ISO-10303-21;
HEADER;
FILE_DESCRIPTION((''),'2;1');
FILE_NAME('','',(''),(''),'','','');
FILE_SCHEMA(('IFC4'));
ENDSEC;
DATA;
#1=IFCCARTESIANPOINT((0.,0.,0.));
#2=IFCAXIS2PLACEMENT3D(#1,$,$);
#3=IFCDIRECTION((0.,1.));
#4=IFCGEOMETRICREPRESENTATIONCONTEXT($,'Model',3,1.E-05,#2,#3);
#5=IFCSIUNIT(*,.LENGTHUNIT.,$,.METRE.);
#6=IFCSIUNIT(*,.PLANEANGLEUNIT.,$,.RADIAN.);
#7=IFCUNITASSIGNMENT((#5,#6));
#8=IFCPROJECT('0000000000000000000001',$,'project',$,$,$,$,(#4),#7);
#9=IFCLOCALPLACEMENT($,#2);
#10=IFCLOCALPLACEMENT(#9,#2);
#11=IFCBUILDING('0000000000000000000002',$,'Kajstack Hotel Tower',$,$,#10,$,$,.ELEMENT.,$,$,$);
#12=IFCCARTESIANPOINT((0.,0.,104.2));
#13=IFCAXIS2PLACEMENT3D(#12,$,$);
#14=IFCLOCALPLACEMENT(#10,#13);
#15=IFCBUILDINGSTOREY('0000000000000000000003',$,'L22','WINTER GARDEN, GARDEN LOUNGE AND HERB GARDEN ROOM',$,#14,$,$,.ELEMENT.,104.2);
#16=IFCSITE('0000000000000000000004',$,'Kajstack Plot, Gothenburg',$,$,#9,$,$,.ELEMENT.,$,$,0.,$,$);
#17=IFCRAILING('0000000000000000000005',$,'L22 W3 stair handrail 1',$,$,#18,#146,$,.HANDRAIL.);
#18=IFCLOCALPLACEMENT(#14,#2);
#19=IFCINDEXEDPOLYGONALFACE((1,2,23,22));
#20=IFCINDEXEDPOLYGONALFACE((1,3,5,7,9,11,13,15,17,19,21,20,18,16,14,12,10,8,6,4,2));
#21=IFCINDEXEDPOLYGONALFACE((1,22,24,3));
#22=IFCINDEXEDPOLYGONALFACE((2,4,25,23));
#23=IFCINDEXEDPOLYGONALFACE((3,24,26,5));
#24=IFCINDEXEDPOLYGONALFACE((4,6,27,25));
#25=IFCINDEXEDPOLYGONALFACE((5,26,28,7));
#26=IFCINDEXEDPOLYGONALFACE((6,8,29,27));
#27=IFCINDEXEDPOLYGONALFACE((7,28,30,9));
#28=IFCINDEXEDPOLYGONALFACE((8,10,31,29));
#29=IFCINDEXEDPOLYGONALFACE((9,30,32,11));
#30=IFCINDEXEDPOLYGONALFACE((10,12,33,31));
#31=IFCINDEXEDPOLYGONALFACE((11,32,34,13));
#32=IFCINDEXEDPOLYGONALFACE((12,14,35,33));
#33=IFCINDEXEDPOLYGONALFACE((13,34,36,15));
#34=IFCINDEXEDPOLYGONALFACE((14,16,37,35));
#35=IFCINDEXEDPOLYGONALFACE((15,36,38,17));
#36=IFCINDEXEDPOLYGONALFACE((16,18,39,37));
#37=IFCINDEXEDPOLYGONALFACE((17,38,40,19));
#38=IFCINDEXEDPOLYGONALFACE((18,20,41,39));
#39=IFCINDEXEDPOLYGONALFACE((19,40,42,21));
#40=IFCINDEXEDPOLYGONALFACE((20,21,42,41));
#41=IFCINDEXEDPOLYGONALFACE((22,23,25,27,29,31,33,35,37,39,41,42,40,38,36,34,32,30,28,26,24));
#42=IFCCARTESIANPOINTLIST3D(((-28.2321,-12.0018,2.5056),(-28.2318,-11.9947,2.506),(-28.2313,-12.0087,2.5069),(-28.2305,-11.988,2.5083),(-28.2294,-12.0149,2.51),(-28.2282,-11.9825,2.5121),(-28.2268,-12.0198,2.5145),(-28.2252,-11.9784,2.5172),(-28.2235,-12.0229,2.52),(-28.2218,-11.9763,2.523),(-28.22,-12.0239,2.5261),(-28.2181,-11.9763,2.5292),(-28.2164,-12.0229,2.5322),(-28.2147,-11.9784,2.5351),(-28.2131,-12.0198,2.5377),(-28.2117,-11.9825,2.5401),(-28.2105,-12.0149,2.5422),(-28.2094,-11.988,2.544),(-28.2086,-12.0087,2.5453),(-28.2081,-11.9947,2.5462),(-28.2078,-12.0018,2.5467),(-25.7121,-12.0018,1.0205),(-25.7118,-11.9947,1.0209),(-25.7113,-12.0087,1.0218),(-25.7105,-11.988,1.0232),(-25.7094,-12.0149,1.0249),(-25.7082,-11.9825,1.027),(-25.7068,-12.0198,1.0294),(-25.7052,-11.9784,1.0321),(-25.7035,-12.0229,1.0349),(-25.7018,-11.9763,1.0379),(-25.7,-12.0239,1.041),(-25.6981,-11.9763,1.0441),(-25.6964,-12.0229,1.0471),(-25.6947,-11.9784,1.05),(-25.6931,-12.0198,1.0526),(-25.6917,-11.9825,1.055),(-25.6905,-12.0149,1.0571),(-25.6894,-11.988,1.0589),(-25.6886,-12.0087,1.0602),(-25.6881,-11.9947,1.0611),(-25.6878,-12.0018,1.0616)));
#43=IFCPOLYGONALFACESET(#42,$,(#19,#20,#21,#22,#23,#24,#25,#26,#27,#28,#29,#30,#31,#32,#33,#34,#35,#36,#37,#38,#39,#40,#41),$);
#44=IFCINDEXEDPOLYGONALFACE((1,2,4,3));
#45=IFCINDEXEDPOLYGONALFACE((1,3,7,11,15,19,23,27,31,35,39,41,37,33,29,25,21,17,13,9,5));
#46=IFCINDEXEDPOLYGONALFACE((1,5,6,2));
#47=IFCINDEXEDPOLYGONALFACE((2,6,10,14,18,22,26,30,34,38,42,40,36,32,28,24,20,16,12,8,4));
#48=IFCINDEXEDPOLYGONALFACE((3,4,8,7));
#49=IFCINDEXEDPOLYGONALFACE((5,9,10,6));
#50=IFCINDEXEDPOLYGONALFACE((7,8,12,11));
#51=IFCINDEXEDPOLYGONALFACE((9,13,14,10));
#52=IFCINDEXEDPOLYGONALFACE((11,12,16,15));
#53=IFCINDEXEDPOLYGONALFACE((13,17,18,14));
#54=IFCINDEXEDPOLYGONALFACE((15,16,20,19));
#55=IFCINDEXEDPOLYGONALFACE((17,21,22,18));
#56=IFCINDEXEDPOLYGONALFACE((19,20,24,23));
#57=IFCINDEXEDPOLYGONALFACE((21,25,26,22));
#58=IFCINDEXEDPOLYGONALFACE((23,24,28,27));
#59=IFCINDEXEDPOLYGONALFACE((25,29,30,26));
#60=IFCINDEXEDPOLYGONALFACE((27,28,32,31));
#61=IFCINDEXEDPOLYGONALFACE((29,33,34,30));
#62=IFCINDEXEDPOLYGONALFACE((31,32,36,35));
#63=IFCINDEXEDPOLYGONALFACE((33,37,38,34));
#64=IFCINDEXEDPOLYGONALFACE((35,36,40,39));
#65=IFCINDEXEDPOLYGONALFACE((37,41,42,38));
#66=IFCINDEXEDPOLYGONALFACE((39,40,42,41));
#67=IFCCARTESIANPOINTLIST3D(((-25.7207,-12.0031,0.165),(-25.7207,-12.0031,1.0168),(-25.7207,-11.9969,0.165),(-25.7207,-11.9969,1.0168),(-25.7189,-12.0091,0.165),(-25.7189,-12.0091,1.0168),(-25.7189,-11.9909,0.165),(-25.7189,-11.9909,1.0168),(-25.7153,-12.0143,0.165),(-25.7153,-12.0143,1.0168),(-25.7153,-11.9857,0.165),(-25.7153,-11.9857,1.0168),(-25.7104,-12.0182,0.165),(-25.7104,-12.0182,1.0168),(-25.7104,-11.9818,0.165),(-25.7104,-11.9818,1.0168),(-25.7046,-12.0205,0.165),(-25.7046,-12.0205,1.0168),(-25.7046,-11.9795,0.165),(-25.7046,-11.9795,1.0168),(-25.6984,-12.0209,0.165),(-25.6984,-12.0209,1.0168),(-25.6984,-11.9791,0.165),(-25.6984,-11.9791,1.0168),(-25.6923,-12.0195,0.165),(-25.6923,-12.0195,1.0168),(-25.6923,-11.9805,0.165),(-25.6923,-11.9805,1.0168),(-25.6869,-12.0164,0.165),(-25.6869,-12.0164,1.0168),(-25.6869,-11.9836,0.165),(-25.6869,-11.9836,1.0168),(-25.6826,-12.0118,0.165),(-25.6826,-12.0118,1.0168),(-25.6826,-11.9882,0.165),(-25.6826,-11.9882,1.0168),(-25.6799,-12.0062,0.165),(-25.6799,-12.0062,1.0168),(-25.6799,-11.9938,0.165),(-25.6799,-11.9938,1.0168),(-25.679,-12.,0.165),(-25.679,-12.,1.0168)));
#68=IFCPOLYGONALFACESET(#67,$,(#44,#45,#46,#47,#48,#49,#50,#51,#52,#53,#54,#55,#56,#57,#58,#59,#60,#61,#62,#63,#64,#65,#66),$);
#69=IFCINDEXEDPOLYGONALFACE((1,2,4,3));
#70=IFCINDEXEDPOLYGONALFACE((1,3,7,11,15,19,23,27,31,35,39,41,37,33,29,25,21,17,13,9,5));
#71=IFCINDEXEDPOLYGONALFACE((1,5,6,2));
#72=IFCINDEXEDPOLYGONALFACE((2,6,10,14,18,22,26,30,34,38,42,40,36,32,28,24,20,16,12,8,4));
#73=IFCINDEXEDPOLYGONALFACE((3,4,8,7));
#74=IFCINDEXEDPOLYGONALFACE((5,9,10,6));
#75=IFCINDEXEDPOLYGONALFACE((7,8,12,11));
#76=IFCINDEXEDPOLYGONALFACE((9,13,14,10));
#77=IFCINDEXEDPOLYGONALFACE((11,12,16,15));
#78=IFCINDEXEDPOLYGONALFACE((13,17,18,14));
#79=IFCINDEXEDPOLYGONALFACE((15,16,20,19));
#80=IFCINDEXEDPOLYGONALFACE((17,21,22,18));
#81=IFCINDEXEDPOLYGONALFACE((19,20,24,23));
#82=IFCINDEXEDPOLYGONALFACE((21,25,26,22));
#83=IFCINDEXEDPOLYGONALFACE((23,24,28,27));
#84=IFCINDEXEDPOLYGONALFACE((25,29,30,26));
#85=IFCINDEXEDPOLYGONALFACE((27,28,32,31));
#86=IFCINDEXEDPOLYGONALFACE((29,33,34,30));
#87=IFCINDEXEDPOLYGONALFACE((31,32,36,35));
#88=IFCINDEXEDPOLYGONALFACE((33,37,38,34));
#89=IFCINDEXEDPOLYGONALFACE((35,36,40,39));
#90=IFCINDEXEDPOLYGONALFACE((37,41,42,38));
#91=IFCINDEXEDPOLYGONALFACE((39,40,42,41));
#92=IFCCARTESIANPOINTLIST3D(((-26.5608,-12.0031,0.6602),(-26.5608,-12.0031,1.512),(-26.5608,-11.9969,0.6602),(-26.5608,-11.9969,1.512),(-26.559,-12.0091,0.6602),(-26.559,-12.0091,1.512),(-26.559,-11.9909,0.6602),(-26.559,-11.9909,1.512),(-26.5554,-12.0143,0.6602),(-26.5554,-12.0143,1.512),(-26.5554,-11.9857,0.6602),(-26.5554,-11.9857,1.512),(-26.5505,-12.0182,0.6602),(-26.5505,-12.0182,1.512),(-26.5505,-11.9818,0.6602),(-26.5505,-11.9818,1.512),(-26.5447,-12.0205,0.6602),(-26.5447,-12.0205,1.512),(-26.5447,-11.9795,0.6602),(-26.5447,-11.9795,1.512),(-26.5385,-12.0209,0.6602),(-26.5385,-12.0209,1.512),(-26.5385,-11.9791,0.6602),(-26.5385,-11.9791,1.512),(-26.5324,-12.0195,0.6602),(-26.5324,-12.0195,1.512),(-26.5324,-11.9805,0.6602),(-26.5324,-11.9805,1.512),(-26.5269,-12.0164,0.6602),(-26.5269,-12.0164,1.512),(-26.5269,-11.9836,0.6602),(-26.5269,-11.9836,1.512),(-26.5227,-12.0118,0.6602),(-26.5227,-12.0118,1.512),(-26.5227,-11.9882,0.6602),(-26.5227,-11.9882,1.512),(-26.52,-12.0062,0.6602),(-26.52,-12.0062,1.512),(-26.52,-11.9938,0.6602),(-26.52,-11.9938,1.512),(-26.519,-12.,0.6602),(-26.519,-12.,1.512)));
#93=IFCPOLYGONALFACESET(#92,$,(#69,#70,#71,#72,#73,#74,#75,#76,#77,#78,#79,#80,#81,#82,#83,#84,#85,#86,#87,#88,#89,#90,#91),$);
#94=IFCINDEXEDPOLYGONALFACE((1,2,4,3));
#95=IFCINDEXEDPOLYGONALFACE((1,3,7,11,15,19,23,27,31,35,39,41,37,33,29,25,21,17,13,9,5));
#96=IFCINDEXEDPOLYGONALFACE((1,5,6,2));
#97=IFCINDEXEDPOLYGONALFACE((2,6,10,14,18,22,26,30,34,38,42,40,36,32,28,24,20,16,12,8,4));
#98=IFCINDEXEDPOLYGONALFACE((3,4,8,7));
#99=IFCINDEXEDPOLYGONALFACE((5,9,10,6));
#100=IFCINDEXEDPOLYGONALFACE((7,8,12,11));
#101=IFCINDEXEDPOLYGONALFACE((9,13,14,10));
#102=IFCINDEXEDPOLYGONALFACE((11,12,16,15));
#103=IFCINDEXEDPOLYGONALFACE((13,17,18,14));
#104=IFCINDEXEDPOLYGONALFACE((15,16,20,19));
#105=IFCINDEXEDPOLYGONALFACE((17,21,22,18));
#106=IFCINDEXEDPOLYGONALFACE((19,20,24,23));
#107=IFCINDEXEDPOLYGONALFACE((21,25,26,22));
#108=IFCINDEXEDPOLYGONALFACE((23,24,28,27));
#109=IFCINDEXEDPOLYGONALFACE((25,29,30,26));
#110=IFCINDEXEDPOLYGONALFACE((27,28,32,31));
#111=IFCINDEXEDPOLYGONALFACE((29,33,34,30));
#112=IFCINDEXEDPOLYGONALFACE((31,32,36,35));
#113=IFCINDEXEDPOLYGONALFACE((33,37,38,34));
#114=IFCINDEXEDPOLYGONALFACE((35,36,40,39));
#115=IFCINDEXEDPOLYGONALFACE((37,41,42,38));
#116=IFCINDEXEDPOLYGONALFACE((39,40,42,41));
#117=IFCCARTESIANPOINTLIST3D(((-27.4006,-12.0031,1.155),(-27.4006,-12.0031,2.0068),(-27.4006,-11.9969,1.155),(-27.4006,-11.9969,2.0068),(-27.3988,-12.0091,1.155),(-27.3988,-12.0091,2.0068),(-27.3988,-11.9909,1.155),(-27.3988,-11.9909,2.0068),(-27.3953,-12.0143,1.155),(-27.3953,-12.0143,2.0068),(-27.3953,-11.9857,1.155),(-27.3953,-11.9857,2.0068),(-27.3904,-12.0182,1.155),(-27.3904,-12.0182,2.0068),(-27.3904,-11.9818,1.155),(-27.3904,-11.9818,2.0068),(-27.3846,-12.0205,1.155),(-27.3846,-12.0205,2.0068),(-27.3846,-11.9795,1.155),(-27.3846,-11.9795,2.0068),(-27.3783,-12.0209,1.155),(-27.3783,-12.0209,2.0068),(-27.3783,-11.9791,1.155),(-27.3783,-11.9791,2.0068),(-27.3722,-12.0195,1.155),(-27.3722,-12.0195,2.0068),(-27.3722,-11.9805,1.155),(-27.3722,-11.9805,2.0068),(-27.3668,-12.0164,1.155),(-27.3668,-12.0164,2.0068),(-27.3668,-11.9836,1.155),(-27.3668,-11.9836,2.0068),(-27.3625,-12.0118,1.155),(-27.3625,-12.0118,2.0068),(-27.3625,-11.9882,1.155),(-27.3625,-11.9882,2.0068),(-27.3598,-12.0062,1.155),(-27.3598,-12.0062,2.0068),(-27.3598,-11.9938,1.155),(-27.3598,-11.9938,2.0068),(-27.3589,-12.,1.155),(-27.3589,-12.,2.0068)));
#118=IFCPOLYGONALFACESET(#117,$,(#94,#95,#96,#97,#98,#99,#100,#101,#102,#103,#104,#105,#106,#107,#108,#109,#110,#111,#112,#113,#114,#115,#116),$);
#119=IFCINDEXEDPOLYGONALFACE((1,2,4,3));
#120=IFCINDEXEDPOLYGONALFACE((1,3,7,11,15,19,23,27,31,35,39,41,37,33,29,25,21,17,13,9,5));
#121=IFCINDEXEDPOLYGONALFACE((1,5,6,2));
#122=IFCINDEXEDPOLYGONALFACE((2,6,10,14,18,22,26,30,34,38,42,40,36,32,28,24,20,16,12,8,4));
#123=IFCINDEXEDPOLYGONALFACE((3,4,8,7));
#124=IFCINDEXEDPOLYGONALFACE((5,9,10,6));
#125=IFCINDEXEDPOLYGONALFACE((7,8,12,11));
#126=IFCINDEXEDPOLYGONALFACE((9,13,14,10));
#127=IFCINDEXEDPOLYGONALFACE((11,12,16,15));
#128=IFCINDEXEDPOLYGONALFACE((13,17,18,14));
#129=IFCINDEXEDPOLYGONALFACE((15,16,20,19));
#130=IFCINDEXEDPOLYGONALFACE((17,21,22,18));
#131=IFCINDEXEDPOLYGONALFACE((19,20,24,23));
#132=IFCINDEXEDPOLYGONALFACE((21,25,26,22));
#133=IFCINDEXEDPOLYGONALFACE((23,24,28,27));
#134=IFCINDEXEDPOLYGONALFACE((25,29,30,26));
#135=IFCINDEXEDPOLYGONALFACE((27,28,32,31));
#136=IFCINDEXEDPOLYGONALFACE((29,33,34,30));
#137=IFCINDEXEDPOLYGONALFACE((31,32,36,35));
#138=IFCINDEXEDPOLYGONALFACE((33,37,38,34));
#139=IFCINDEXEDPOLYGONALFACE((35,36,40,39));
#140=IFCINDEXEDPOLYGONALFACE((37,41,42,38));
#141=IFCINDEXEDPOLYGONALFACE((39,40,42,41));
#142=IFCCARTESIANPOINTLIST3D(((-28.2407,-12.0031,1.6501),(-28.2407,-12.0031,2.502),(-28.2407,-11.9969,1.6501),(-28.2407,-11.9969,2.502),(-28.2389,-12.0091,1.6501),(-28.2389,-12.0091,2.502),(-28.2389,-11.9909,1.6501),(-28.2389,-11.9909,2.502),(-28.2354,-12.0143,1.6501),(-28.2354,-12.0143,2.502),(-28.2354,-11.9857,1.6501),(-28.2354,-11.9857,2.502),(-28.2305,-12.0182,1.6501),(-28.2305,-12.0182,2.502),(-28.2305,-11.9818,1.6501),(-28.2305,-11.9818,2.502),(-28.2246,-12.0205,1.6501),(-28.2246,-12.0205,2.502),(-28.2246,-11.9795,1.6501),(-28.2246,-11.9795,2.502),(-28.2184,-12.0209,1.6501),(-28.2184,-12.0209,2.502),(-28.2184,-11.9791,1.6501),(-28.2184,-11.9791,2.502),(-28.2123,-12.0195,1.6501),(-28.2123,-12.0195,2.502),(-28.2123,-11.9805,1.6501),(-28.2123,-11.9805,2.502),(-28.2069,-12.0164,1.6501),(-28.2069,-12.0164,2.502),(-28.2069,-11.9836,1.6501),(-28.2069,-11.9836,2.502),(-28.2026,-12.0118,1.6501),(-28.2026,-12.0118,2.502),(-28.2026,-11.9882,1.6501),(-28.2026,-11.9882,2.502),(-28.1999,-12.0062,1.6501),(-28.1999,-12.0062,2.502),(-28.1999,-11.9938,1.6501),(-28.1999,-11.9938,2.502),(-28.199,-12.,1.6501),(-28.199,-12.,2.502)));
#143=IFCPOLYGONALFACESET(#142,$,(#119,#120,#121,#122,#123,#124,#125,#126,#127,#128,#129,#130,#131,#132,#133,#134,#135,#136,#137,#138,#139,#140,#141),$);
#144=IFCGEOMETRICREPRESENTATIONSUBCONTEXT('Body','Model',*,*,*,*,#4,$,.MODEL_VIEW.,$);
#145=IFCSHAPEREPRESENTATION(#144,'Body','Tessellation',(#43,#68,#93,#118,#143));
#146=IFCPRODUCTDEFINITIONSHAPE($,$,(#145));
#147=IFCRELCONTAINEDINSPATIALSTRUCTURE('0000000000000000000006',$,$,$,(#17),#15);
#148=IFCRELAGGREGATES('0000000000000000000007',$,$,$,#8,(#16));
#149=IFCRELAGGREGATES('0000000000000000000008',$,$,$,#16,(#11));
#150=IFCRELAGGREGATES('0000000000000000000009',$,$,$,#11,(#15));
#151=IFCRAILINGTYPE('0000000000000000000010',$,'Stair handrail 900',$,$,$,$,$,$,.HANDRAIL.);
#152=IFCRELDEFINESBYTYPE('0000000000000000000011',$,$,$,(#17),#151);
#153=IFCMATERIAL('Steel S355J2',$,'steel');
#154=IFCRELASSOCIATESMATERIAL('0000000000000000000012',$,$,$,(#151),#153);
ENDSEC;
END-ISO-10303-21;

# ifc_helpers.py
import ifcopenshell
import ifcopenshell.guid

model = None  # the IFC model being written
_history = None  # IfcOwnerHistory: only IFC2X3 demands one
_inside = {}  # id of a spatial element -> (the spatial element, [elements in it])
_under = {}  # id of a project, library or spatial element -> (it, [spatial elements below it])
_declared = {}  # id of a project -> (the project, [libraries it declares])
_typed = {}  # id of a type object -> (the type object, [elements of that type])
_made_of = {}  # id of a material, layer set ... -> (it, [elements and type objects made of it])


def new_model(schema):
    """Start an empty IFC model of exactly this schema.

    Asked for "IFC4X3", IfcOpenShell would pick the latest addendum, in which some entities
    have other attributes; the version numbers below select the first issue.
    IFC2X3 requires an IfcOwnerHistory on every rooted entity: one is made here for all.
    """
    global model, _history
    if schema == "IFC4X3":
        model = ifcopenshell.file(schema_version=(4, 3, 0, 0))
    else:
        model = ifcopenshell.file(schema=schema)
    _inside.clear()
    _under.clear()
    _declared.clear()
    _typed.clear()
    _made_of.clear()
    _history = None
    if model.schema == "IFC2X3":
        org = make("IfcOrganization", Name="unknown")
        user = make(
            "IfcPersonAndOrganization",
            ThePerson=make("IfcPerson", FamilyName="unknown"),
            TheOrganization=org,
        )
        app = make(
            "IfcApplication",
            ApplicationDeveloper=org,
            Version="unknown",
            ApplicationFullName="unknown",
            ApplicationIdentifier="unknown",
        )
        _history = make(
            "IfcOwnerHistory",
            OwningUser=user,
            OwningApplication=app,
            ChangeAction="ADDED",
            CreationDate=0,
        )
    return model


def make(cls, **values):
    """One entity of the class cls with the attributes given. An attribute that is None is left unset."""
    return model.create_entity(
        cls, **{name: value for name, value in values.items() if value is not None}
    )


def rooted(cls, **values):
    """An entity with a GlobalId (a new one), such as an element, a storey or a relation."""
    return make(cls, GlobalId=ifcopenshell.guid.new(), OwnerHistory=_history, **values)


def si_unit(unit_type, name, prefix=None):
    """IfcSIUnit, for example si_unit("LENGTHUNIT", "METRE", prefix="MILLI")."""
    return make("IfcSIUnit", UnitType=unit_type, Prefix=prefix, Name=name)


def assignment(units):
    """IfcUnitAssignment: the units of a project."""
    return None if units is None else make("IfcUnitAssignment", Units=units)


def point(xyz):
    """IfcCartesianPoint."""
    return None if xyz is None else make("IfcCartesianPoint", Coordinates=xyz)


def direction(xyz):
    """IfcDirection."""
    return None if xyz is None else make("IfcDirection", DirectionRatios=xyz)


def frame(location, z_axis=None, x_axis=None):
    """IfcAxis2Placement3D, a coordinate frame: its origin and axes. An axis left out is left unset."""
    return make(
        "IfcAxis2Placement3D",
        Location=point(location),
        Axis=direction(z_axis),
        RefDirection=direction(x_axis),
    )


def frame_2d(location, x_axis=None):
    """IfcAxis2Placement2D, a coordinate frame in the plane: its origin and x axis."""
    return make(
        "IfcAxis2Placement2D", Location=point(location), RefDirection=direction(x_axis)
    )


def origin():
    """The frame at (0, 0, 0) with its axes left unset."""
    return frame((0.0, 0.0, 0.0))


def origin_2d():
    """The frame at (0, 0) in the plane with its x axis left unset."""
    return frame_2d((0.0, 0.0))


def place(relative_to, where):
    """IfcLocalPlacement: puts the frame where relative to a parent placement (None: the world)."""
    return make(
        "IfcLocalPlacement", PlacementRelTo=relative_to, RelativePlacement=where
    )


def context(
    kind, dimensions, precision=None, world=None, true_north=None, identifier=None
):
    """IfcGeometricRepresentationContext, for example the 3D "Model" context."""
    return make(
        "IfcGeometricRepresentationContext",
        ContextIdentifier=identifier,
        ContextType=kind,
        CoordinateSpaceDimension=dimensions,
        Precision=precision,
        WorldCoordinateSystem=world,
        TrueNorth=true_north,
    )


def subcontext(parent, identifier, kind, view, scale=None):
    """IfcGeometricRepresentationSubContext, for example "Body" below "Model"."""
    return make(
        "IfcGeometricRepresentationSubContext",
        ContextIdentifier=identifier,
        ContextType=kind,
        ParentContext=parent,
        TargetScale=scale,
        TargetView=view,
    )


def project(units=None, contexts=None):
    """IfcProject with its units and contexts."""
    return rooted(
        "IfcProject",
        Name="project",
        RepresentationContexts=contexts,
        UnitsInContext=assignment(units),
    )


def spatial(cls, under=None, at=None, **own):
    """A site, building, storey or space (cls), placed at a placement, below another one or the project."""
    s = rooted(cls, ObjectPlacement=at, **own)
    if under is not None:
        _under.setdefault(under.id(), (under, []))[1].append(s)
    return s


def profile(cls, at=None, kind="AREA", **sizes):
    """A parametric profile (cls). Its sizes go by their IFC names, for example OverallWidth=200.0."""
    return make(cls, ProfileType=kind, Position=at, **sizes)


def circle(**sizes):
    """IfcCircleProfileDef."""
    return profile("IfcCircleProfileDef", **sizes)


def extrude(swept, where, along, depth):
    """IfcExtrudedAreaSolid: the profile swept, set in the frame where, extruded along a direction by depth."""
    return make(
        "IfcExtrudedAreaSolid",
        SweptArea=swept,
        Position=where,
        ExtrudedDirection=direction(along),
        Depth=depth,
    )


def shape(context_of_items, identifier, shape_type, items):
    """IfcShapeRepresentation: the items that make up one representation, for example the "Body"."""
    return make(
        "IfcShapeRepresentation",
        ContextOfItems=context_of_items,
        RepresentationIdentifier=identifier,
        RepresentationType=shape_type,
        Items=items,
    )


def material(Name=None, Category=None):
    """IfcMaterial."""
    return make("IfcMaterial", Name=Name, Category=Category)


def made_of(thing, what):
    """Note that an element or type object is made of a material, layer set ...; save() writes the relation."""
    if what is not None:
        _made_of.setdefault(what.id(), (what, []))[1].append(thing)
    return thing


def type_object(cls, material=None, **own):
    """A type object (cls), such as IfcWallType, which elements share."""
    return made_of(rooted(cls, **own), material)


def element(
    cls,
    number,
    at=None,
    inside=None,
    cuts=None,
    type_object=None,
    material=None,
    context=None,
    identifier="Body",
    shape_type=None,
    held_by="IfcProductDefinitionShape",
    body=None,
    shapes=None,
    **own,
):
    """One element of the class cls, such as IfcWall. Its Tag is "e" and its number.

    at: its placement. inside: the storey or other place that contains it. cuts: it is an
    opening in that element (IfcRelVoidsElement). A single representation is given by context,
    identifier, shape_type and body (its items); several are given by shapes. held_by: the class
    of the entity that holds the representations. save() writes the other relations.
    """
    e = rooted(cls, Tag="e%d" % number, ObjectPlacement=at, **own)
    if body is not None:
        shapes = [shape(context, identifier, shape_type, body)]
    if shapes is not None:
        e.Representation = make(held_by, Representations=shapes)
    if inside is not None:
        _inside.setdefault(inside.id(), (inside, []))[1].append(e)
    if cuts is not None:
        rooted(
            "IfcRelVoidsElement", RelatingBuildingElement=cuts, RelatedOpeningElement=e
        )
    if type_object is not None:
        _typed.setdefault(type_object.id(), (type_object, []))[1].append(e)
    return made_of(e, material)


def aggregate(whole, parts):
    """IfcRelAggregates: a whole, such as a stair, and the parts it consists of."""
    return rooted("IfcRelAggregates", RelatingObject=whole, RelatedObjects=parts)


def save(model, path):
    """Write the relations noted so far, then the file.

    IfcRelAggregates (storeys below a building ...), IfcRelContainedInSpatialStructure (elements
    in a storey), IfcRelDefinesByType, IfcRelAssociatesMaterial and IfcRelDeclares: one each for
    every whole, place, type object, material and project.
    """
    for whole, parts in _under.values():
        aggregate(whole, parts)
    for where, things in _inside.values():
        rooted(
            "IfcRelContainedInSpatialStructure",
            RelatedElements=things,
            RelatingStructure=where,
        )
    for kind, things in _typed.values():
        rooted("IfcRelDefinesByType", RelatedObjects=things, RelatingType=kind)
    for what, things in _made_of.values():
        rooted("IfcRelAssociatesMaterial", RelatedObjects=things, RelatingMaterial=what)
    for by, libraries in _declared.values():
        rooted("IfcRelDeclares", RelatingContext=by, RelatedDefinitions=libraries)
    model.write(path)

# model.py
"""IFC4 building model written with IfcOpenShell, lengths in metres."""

from ifc_helpers import new_model, si_unit, direction, frame, origin, origin_2d, place, context, subcontext, project, spatial, circle, extrude, material, type_object, element, save


model = new_model("IFC4")

# Units and contexts
model_context = context("Model", 3, precision=1e-05, world=origin(), true_north=direction((0.0, 1.0)))
body_context = subcontext(model_context, "Body", "Model", "MODEL_VIEW")
ifc_project = project(units=[si_unit("LENGTHUNIT", "METRE"), si_unit("PLANEANGLEUNIT", "RADIAN")], contexts=[model_context])

# Site, building, storey
site_placement = place(None, origin())
site = spatial("IfcSite", under=ifc_project, at=site_placement, Name="Kajstack Plot, Gothenburg", CompositionType="ELEMENT", RefElevation=0.0)
building_placement = place(site_placement, origin())
building = spatial("IfcBuilding", under=site, at=building_placement, Name="Kajstack Hotel Tower", CompositionType="ELEMENT")
storey_placement = place(building_placement, frame((0.0, 0.0, 104.2)))
storey = spatial("IfcBuildingStorey", under=building, at=storey_placement, Name="L22", Description="WINTER GARDEN, GARDEN LOUNGE AND HERB GARDEN ROOM", CompositionType="ELEMENT", Elevation=104.2)

# Railing
ifc_material_1 = material(Name="Steel S355J2", Category="steel")
railing_type_1 = type_object("IfcRailingType", Name="Stair handrail 900", PredefinedType="HANDRAIL", material=ifc_material_1)
railing_1_placement = place(storey_placement, frame((-25.7, -12.0, 0.165)))
element("IfcRailing", 1, at=railing_1_placement, inside=storey, type_object=railing_type_1, Name="L22 W3 stair handrail 1", PredefinedType="HANDRAIL", context=body_context, shape_type="SweptSolid", body=[
    extrude(circle(Radius=0.0239, at=origin_2d()), frame((0.0, 0.0, 0.876), z_axis=(-0.861524, 0.0, 0.507717), x_axis=(0.0, -1.0, 0.0)), (0.0, 0.0, 1.0), 2.925),
    extrude(circle(Radius=0.021, at=origin_2d()), origin(), (0.0, 0.0, 1.0), 0.8518),
    extrude(circle(Radius=0.021, at=origin_2d()), frame((-0.8401, 0.0, 0.4951)), (0.0, 0.0, 1.0), 0.8518),
    extrude(circle(Radius=0.021, at=origin_2d()), frame((-1.6799, 0.0, 0.99)), (0.0, 0.0, 1.0), 0.8518),
    extrude(circle(Radius=0.021, at=origin_2d()), frame((-2.52, 0.0, 1.4851)), (0.0, 0.0, 1.0), 0.8518),
])

save(model, "model.ifc")
